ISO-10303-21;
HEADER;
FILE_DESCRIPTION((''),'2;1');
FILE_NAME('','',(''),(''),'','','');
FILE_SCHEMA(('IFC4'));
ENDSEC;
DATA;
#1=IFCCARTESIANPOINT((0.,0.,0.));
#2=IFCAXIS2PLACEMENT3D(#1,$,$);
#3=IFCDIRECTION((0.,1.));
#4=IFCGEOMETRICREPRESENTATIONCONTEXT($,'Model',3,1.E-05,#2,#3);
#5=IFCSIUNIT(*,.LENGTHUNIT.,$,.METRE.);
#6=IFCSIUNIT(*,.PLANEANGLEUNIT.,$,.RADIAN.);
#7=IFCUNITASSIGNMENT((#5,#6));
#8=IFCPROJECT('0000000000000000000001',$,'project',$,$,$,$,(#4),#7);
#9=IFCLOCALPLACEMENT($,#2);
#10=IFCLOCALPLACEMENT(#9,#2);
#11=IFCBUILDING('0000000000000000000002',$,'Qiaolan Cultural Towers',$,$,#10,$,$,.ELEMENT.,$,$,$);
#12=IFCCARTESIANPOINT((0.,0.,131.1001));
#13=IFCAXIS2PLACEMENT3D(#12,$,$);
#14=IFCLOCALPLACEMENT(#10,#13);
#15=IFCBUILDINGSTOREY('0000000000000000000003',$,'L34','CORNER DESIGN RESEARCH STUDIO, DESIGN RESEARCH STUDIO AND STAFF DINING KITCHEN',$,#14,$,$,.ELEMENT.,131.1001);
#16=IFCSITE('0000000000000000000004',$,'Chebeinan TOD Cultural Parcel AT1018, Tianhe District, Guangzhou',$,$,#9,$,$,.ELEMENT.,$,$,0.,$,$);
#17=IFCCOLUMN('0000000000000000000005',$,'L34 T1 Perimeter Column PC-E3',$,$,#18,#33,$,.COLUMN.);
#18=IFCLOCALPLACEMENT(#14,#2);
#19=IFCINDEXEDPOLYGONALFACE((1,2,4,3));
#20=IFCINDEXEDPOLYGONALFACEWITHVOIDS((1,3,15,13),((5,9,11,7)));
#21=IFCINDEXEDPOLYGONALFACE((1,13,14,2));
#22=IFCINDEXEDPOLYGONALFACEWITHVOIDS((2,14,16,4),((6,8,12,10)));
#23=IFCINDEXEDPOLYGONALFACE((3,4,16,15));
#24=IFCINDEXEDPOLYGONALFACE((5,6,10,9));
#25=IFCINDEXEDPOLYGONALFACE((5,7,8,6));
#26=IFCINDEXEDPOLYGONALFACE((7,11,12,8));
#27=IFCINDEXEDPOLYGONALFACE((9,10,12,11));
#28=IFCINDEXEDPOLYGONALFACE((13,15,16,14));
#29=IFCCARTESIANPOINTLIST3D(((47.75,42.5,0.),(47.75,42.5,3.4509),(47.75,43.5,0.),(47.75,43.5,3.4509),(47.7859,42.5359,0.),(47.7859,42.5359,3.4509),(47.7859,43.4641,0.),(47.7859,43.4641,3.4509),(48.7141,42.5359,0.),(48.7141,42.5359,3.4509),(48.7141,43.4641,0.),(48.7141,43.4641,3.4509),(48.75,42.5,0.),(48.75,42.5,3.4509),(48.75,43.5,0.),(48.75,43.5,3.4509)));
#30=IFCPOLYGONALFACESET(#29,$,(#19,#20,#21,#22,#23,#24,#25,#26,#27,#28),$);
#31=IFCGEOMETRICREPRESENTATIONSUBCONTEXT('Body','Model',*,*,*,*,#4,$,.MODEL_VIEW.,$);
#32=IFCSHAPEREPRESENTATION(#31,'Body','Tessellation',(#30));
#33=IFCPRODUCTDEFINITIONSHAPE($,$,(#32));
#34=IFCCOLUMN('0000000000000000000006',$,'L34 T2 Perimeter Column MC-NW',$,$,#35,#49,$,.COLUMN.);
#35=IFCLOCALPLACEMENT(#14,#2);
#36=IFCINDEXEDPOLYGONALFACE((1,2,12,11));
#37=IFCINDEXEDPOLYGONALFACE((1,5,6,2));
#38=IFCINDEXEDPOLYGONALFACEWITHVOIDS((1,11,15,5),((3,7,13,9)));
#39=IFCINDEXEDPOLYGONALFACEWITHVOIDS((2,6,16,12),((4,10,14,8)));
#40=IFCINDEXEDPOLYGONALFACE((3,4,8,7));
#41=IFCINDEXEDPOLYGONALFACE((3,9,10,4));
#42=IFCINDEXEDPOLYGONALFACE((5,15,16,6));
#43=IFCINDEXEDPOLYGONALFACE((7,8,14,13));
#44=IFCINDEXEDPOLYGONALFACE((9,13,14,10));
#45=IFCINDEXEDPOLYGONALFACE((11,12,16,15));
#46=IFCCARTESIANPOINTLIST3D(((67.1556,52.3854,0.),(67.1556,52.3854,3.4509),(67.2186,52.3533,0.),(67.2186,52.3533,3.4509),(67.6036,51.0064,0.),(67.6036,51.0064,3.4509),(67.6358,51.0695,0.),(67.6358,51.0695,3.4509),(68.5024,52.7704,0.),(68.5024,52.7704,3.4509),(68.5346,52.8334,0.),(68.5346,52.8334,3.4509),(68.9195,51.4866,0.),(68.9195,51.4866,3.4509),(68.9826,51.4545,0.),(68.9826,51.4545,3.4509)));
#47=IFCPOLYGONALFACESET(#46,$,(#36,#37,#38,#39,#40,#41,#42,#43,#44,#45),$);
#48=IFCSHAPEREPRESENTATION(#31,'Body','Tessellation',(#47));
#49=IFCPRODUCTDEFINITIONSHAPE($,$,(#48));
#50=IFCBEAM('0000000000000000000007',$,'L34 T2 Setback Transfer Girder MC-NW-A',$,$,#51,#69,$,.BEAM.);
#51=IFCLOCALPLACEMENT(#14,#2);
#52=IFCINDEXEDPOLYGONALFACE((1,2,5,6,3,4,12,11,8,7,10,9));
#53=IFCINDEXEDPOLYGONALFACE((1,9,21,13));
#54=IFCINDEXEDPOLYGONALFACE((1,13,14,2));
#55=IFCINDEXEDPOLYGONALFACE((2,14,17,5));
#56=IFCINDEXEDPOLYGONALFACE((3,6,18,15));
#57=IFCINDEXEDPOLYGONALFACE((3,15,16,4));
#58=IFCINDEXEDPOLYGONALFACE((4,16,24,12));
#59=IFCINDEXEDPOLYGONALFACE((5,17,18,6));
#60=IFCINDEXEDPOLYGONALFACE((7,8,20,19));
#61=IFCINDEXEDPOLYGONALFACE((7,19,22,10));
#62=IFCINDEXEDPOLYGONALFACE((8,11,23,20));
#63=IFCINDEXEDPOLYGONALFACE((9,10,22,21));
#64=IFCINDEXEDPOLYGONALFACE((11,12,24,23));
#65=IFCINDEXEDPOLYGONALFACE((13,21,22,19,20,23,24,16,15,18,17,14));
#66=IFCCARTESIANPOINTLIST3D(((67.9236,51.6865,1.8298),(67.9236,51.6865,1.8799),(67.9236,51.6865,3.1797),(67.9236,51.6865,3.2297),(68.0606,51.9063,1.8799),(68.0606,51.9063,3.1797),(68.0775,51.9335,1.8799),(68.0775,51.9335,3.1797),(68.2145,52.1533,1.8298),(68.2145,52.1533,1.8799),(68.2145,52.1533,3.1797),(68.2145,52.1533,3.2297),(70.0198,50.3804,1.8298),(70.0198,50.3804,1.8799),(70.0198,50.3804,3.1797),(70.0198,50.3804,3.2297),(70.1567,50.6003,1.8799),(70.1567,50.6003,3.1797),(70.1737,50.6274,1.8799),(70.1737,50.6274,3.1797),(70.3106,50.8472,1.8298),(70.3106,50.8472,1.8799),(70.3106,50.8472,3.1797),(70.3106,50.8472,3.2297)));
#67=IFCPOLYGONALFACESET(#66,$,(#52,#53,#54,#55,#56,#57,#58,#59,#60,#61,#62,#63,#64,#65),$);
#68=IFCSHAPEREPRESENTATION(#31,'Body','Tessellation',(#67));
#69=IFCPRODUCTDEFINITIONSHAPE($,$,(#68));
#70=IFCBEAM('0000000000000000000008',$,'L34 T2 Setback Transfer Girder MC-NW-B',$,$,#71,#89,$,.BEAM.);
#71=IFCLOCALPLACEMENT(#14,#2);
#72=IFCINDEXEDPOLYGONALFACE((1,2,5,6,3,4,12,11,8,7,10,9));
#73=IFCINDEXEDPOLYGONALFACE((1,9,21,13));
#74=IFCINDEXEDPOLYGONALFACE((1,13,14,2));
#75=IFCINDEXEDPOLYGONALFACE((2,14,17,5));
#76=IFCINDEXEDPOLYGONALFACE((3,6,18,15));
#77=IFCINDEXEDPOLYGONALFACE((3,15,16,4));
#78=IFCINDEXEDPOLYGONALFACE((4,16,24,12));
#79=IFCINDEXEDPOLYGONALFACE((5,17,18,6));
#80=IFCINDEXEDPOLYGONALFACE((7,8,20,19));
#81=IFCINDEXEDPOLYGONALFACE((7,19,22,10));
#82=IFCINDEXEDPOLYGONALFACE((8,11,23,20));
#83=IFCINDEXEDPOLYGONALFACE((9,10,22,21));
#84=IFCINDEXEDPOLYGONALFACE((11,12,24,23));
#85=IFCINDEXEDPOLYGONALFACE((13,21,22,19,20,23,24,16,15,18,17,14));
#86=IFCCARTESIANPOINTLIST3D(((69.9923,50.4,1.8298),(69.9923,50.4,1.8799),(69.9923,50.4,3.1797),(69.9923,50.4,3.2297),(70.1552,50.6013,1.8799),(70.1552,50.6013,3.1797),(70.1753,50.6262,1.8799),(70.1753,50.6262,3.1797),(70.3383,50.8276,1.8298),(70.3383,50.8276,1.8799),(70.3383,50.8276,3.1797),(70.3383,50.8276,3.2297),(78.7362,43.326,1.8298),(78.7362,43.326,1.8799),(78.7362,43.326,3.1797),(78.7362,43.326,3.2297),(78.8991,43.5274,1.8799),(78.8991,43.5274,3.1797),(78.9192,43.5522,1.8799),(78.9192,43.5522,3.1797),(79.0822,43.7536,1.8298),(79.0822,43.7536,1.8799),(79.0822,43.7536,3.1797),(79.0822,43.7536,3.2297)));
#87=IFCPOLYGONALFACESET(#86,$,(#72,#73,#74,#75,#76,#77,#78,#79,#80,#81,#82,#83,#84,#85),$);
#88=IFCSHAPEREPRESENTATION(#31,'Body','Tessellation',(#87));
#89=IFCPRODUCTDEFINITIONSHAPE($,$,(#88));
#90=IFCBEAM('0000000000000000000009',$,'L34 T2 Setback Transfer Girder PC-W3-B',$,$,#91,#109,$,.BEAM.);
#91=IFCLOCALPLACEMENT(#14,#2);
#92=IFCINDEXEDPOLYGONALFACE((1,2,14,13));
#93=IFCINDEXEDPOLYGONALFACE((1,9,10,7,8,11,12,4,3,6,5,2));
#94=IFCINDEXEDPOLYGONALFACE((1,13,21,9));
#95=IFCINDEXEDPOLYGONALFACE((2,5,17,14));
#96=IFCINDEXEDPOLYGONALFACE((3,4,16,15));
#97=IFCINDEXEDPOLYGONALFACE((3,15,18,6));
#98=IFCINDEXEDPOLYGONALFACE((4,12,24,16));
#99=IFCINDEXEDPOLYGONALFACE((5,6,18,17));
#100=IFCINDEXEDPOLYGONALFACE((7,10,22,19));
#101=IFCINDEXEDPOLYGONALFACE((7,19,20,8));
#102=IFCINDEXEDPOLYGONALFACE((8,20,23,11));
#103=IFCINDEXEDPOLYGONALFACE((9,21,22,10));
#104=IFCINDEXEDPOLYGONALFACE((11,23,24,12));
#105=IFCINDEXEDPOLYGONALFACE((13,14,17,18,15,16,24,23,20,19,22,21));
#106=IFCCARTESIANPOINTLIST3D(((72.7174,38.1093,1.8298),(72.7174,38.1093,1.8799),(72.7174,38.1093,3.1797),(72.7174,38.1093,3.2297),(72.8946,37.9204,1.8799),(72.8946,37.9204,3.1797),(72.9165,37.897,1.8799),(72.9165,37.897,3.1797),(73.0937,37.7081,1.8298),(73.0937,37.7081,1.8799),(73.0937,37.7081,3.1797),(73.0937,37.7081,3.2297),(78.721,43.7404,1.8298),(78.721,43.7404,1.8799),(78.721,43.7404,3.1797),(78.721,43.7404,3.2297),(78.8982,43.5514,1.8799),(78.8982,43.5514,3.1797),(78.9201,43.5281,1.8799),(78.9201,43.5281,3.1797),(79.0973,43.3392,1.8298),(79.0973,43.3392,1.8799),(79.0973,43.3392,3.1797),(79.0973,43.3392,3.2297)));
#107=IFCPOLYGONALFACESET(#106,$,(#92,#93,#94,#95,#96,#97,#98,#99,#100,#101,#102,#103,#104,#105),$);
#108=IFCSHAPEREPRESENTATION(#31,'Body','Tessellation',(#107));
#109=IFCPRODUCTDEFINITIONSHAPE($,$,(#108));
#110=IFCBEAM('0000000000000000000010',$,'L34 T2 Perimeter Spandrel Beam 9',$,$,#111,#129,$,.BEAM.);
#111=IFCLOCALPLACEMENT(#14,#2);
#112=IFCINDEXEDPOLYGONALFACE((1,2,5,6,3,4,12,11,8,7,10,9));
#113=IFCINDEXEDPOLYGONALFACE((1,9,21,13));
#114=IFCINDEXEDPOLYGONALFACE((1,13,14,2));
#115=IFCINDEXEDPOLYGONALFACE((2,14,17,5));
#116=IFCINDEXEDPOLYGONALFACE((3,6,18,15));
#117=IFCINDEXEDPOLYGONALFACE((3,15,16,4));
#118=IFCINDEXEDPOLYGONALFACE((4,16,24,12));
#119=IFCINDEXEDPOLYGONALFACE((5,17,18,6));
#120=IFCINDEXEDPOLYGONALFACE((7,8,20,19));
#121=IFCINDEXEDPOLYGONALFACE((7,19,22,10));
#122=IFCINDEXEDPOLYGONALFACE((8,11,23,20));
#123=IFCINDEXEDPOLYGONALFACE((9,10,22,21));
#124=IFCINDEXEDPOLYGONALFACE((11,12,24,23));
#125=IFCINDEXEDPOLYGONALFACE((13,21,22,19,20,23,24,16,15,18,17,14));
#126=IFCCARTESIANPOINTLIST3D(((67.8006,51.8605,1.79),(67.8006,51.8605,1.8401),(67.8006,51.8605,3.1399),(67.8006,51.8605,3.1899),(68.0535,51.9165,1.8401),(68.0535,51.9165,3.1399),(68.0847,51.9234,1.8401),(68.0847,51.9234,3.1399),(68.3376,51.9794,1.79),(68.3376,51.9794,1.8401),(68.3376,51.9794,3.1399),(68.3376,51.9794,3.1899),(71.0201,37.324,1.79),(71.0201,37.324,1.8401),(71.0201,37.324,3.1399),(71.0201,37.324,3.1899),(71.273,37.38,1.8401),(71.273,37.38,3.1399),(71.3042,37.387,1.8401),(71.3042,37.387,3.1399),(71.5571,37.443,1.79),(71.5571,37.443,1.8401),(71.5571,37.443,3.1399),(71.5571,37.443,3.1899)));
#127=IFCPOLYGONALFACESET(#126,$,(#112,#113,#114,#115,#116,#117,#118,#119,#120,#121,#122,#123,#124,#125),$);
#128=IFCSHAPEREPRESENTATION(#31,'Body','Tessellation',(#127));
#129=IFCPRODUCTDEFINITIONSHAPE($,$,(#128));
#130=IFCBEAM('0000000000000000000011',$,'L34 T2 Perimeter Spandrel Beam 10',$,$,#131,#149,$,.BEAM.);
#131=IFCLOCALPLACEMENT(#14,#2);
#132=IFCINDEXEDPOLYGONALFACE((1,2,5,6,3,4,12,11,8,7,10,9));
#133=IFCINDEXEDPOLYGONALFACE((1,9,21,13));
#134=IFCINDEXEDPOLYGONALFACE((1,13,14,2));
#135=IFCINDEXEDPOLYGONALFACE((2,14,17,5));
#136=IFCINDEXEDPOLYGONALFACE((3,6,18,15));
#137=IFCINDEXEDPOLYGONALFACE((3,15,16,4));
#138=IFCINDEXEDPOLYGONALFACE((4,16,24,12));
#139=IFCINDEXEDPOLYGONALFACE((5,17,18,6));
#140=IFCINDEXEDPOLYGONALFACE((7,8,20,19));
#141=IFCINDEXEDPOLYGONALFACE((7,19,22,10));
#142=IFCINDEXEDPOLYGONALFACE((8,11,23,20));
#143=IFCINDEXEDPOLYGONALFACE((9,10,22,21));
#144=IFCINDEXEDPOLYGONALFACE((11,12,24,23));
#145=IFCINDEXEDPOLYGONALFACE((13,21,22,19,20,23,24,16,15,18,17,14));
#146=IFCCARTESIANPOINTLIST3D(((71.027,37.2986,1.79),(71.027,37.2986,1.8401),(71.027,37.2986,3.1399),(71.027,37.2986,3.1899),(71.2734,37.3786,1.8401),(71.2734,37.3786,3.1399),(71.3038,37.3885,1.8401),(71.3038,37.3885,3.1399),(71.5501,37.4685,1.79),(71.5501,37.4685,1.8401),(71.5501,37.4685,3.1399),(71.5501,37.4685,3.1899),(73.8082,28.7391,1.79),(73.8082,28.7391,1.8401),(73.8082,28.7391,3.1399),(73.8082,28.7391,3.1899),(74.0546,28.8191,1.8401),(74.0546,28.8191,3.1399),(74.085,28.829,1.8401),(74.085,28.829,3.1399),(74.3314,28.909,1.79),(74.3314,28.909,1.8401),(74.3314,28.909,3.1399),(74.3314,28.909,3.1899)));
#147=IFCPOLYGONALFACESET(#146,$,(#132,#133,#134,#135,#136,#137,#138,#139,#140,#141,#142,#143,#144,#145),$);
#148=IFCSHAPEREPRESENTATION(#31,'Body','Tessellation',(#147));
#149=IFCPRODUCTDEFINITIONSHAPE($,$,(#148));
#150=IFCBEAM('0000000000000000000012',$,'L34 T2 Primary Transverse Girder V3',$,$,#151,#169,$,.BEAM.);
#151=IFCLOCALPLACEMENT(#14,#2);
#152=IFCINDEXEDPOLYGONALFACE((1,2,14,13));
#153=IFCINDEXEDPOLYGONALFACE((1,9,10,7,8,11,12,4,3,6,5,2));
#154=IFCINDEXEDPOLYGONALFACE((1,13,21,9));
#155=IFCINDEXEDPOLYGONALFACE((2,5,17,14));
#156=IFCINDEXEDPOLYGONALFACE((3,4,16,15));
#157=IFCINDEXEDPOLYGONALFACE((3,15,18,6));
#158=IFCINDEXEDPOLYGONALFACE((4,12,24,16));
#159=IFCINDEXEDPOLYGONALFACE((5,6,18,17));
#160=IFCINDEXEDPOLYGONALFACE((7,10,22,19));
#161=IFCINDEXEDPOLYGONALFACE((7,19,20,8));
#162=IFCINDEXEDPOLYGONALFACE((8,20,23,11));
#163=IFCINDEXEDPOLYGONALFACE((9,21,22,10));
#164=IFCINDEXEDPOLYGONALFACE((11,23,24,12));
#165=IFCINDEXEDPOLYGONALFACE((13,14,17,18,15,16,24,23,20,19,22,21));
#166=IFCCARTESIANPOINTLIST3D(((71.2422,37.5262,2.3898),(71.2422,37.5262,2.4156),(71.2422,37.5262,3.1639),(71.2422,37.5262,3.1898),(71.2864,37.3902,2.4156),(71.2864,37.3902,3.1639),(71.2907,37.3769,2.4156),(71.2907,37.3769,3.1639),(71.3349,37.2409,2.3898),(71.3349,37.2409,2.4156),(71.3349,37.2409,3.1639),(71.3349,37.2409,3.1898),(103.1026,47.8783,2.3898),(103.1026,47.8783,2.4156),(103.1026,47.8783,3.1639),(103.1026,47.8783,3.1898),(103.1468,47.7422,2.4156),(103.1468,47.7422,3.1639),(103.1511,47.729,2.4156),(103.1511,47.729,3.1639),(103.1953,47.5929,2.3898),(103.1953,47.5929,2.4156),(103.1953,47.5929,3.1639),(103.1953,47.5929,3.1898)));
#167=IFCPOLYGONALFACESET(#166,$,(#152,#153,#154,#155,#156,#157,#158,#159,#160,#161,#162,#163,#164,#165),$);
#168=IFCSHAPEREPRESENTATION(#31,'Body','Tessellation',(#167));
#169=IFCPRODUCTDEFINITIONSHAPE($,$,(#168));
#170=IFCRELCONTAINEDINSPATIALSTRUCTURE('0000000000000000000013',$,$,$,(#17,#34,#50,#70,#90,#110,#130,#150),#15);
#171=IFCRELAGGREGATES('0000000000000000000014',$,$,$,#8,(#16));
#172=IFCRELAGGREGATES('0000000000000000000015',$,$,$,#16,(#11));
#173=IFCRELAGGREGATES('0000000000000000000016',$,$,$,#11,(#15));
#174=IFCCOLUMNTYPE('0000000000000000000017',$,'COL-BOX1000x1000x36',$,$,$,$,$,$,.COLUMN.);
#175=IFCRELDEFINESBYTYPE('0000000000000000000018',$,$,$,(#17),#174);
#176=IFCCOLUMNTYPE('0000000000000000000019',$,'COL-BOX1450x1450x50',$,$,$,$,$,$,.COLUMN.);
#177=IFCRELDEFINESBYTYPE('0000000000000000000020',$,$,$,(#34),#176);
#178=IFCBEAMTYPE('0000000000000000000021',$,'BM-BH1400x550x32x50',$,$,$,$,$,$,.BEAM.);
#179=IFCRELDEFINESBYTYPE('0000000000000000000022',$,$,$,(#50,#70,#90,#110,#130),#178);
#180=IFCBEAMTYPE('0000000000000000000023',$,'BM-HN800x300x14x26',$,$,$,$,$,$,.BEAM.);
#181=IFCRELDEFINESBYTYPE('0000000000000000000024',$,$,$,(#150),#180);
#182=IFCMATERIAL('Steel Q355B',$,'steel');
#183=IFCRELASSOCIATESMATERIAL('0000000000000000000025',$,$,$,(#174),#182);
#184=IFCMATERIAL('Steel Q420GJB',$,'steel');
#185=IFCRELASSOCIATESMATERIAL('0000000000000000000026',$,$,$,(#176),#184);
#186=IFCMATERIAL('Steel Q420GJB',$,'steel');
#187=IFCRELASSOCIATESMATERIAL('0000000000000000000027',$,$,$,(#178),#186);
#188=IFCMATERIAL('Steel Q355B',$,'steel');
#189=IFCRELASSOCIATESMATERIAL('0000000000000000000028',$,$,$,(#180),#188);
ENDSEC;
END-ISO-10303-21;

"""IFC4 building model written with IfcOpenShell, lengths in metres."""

from ifc_helpers import new_model, si_unit, direction, frame, origin, origin_2d, place, context, subcontext, project, spatial, hollow_rectangle, i_section, extrude, material, material_profile, profile_set, type_object, element, save


model = new_model("IFC4")

# Units and contexts
model_context = context("Model", 3, precision=1e-05, world=origin(), true_north=direction((0.0, 1.0)))
body_context = subcontext(model_context, "Body", "Model", "MODEL_VIEW")
ifc_project = project(units=[si_unit("LENGTHUNIT", "METRE"), si_unit("PLANEANGLEUNIT", "RADIAN")], contexts=[model_context])

# Site, building, storey
site_placement = place(None, origin())
site = spatial("IfcSite", under=ifc_project, at=site_placement, Name="Chebeinan TOD Cultural Parcel AT1018, Tianhe District, Guangzhou", CompositionType="ELEMENT", RefElevation=0.0)
building_placement = place(site_placement, origin())
building = spatial("IfcBuilding", under=site, at=building_placement, Name="Qiaolan Cultural Towers", CompositionType="ELEMENT")
storey_placement = place(building_placement, frame((0.0, 0.0, 131.1001)))
storey = spatial("IfcBuildingStorey", under=building, at=storey_placement, Name="L34", Description="CORNER DESIGN RESEARCH STUDIO, DESIGN RESEARCH STUDIO AND STAFF DINING KITCHEN", CompositionType="ELEMENT", Elevation=131.1001)

# Columns
ifc_material_1 = material(Name="Steel Q355B", Category="steel")
ifc_material_profile_1 = material_profile(ifc_material_1, hollow_rectangle(XDim=1.0, YDim=1.0, WallThickness=0.0359, at=origin_2d()), Name="BOX1000x1000x36")
ifc_profile_set_1 = profile_set([ifc_material_profile_1], Name="Steel Q355B")
column_type_1 = type_object("IfcColumnType", Name="COL-BOX1000x1000x36", PredefinedType="COLUMN", material=ifc_profile_set_1)
column_1_placement = place(storey_placement, frame((48.25, 43.0, 0.0), z_axis=(0.0, 0.0, 1.0), x_axis=(1.0, 0.0, 0.0)))
element("IfcColumn", 1, at=column_1_placement, inside=storey, type_object=column_type_1, Name="L34 T1 Perimeter Column PC-E3", PredefinedType="COLUMN", context=body_context, shape_type="SweptSolid", body=[
    extrude(hollow_rectangle(XDim=1.0, YDim=1.0, WallThickness=0.0359, at=origin_2d()), origin(), (0.0, 0.0, 1.0), 3.4509),
])
ifc_material_2 = material(Name="Steel Q420GJB", Category="steel")
ifc_material_profile_2 = material_profile(ifc_material_2, hollow_rectangle(XDim=1.45, YDim=1.45, WallThickness=0.05, at=origin_2d()), Name="BOX1450x1450x50")
ifc_profile_set_2 = profile_set([ifc_material_profile_2], Name="Steel Q420GJB")
column_type_2 = type_object("IfcColumnType", Name="COL-BOX1450x1450x50", PredefinedType="COLUMN", material=ifc_profile_set_2)
column_2_placement = place(storey_placement, frame((68.0691, 51.9199, 0.0), z_axis=(0.0, 0.0, 1.0), x_axis=(0.951057, 0.309017, 0.0)))
element("IfcColumn", 2, at=column_2_placement, inside=storey, type_object=column_type_2, Name="L34 T2 Perimeter Column MC-NW", PredefinedType="COLUMN", context=body_context, shape_type="SweptSolid", body=[
    extrude(hollow_rectangle(XDim=1.45, YDim=1.45, WallThickness=0.05, at=origin_2d()), origin(), (0.0, 0.0, 1.0), 3.4509),
])

# Beams
ifc_material_3 = material(Name="Steel Q420GJB", Category="steel")
ifc_material_profile_3 = material_profile(ifc_material_3, i_section(OverallWidth=0.55, OverallDepth=1.3999, WebThickness=0.032, FlangeThickness=0.05, at=origin_2d()), Name="BH1400x550x32x50")
ifc_profile_set_3 = profile_set([ifc_material_profile_3], Name="Steel Q420GJB")
beam_type_1 = type_object("IfcBeamType", Name="BM-BH1400x550x32x50", PredefinedType="BEAM", material=ifc_profile_set_3)
beam_1_placement = place(storey_placement, frame((68.0691, 51.9199, 2.5298), z_axis=(0.848719, -0.528843, 0.0), x_axis=(0.528843, 0.848719, 0.0)))
element("IfcBeam", 3, at=beam_1_placement, inside=storey, type_object=beam_type_1, Name="L34 T2 Setback Transfer Girder MC-NW-A", PredefinedType="BEAM", context=body_context, shape_type="SweptSolid", body=[
    extrude(i_section(OverallWidth=0.55, OverallDepth=1.3999, WebThickness=0.032, FlangeThickness=0.05, at=origin_2d()), origin(), (0.0, 0.0, 1.0), 2.4697),
])
beam_2_placement = place(storey_placement, frame((70.1653, 50.6138, 2.5298), z_axis=(0.777437, -0.628961, 0.0), x_axis=(0.628961, 0.777437, 0.0)))
element("IfcBeam", 4, at=beam_2_placement, inside=storey, type_object=beam_type_1, Name="L34 T2 Setback Transfer Girder MC-NW-B", PredefinedType="BEAM", context=body_context, shape_type="SweptSolid", body=[
    extrude(i_section(OverallWidth=0.55, OverallDepth=1.3999, WebThickness=0.032, FlangeThickness=0.05, at=origin_2d()), origin(), (0.0, 0.0, 1.0), 11.2471),
])
beam_3_placement = place(storey_placement, frame((72.9055, 37.9087, 2.5298), z_axis=(0.729375, 0.684114, 0.0), x_axis=(-0.684114, 0.729375, 0.0)))
element("IfcBeam", 5, at=beam_3_placement, inside=storey, type_object=beam_type_1, Name="L34 T2 Setback Transfer Girder PC-W3-B", PredefinedType="BEAM", context=body_context, shape_type="SweptSolid", body=[
    extrude(i_section(OverallWidth=0.55, OverallDepth=1.3999, WebThickness=0.032, FlangeThickness=0.05, at=origin_2d()), origin(), (0.0, 0.0, 1.0), 8.2312),
])
beam_4_placement = place(storey_placement, frame((68.0691, 51.9199, 2.49), z_axis=(0.216238, -0.976341, 0.0), x_axis=(0.976341, 0.216238, 0.0)))
element("IfcBeam", 6, at=beam_4_placement, inside=storey, type_object=beam_type_1, Name="L34 T2 Perimeter Spandrel Beam 9", PredefinedType="BEAM", context=body_context, shape_type="SweptSolid", body=[
    extrude(i_section(OverallWidth=0.55, OverallDepth=1.3999, WebThickness=0.032, FlangeThickness=0.05, at=origin_2d()), origin(), (0.0, 0.0, 1.0), 14.8887),
])
beam_5_placement = place(storey_placement, frame((71.2886, 37.3835, 2.49), z_axis=(0.309025, -0.951054, 0.0), x_axis=(0.951054, 0.309025, 0.0)))
element("IfcBeam", 7, at=beam_5_placement, inside=storey, type_object=beam_type_1, Name="L34 T2 Perimeter Spandrel Beam 10", PredefinedType="BEAM", context=body_context, shape_type="SweptSolid", body=[
    extrude(i_section(OverallWidth=0.55, OverallDepth=1.3999, WebThickness=0.032, FlangeThickness=0.05, at=origin_2d()), origin(), (0.0, 0.0, 1.0), 9.0),
])
ifc_material_4 = material(Name="Steel Q355B", Category="steel")
ifc_material_profile_4 = material_profile(ifc_material_4, i_section(OverallWidth=0.3, OverallDepth=0.8, WebThickness=0.0139, FlangeThickness=0.0259, at=origin_2d()), Name="HN800x300x14x26")
ifc_profile_set_4 = profile_set([ifc_material_profile_4], Name="Steel Q355B")
beam_type_2 = type_object("IfcBeamType", Name="BM-HN800x300x14x26", PredefinedType="BEAM", material=ifc_profile_set_4)
beam_6_placement = place(storey_placement, frame((71.2886, 37.3835, 2.7898), z_axis=(0.951057, 0.309017, 0.0), x_axis=(-0.309017, 0.951057, 0.0)))
element("IfcBeam", 8, at=beam_6_placement, inside=storey, type_object=beam_type_2, Name="L34 T2 Primary Transverse Girder V3", PredefinedType="BEAM", context=body_context, shape_type="SweptSolid", body=[
    extrude(i_section(OverallWidth=0.3, OverallDepth=0.8, WebThickness=0.0139, FlangeThickness=0.0259, at=origin_2d()), origin(), (0.0, 0.0, 1.0), 33.5),
])

save(model, "model.ifc")
